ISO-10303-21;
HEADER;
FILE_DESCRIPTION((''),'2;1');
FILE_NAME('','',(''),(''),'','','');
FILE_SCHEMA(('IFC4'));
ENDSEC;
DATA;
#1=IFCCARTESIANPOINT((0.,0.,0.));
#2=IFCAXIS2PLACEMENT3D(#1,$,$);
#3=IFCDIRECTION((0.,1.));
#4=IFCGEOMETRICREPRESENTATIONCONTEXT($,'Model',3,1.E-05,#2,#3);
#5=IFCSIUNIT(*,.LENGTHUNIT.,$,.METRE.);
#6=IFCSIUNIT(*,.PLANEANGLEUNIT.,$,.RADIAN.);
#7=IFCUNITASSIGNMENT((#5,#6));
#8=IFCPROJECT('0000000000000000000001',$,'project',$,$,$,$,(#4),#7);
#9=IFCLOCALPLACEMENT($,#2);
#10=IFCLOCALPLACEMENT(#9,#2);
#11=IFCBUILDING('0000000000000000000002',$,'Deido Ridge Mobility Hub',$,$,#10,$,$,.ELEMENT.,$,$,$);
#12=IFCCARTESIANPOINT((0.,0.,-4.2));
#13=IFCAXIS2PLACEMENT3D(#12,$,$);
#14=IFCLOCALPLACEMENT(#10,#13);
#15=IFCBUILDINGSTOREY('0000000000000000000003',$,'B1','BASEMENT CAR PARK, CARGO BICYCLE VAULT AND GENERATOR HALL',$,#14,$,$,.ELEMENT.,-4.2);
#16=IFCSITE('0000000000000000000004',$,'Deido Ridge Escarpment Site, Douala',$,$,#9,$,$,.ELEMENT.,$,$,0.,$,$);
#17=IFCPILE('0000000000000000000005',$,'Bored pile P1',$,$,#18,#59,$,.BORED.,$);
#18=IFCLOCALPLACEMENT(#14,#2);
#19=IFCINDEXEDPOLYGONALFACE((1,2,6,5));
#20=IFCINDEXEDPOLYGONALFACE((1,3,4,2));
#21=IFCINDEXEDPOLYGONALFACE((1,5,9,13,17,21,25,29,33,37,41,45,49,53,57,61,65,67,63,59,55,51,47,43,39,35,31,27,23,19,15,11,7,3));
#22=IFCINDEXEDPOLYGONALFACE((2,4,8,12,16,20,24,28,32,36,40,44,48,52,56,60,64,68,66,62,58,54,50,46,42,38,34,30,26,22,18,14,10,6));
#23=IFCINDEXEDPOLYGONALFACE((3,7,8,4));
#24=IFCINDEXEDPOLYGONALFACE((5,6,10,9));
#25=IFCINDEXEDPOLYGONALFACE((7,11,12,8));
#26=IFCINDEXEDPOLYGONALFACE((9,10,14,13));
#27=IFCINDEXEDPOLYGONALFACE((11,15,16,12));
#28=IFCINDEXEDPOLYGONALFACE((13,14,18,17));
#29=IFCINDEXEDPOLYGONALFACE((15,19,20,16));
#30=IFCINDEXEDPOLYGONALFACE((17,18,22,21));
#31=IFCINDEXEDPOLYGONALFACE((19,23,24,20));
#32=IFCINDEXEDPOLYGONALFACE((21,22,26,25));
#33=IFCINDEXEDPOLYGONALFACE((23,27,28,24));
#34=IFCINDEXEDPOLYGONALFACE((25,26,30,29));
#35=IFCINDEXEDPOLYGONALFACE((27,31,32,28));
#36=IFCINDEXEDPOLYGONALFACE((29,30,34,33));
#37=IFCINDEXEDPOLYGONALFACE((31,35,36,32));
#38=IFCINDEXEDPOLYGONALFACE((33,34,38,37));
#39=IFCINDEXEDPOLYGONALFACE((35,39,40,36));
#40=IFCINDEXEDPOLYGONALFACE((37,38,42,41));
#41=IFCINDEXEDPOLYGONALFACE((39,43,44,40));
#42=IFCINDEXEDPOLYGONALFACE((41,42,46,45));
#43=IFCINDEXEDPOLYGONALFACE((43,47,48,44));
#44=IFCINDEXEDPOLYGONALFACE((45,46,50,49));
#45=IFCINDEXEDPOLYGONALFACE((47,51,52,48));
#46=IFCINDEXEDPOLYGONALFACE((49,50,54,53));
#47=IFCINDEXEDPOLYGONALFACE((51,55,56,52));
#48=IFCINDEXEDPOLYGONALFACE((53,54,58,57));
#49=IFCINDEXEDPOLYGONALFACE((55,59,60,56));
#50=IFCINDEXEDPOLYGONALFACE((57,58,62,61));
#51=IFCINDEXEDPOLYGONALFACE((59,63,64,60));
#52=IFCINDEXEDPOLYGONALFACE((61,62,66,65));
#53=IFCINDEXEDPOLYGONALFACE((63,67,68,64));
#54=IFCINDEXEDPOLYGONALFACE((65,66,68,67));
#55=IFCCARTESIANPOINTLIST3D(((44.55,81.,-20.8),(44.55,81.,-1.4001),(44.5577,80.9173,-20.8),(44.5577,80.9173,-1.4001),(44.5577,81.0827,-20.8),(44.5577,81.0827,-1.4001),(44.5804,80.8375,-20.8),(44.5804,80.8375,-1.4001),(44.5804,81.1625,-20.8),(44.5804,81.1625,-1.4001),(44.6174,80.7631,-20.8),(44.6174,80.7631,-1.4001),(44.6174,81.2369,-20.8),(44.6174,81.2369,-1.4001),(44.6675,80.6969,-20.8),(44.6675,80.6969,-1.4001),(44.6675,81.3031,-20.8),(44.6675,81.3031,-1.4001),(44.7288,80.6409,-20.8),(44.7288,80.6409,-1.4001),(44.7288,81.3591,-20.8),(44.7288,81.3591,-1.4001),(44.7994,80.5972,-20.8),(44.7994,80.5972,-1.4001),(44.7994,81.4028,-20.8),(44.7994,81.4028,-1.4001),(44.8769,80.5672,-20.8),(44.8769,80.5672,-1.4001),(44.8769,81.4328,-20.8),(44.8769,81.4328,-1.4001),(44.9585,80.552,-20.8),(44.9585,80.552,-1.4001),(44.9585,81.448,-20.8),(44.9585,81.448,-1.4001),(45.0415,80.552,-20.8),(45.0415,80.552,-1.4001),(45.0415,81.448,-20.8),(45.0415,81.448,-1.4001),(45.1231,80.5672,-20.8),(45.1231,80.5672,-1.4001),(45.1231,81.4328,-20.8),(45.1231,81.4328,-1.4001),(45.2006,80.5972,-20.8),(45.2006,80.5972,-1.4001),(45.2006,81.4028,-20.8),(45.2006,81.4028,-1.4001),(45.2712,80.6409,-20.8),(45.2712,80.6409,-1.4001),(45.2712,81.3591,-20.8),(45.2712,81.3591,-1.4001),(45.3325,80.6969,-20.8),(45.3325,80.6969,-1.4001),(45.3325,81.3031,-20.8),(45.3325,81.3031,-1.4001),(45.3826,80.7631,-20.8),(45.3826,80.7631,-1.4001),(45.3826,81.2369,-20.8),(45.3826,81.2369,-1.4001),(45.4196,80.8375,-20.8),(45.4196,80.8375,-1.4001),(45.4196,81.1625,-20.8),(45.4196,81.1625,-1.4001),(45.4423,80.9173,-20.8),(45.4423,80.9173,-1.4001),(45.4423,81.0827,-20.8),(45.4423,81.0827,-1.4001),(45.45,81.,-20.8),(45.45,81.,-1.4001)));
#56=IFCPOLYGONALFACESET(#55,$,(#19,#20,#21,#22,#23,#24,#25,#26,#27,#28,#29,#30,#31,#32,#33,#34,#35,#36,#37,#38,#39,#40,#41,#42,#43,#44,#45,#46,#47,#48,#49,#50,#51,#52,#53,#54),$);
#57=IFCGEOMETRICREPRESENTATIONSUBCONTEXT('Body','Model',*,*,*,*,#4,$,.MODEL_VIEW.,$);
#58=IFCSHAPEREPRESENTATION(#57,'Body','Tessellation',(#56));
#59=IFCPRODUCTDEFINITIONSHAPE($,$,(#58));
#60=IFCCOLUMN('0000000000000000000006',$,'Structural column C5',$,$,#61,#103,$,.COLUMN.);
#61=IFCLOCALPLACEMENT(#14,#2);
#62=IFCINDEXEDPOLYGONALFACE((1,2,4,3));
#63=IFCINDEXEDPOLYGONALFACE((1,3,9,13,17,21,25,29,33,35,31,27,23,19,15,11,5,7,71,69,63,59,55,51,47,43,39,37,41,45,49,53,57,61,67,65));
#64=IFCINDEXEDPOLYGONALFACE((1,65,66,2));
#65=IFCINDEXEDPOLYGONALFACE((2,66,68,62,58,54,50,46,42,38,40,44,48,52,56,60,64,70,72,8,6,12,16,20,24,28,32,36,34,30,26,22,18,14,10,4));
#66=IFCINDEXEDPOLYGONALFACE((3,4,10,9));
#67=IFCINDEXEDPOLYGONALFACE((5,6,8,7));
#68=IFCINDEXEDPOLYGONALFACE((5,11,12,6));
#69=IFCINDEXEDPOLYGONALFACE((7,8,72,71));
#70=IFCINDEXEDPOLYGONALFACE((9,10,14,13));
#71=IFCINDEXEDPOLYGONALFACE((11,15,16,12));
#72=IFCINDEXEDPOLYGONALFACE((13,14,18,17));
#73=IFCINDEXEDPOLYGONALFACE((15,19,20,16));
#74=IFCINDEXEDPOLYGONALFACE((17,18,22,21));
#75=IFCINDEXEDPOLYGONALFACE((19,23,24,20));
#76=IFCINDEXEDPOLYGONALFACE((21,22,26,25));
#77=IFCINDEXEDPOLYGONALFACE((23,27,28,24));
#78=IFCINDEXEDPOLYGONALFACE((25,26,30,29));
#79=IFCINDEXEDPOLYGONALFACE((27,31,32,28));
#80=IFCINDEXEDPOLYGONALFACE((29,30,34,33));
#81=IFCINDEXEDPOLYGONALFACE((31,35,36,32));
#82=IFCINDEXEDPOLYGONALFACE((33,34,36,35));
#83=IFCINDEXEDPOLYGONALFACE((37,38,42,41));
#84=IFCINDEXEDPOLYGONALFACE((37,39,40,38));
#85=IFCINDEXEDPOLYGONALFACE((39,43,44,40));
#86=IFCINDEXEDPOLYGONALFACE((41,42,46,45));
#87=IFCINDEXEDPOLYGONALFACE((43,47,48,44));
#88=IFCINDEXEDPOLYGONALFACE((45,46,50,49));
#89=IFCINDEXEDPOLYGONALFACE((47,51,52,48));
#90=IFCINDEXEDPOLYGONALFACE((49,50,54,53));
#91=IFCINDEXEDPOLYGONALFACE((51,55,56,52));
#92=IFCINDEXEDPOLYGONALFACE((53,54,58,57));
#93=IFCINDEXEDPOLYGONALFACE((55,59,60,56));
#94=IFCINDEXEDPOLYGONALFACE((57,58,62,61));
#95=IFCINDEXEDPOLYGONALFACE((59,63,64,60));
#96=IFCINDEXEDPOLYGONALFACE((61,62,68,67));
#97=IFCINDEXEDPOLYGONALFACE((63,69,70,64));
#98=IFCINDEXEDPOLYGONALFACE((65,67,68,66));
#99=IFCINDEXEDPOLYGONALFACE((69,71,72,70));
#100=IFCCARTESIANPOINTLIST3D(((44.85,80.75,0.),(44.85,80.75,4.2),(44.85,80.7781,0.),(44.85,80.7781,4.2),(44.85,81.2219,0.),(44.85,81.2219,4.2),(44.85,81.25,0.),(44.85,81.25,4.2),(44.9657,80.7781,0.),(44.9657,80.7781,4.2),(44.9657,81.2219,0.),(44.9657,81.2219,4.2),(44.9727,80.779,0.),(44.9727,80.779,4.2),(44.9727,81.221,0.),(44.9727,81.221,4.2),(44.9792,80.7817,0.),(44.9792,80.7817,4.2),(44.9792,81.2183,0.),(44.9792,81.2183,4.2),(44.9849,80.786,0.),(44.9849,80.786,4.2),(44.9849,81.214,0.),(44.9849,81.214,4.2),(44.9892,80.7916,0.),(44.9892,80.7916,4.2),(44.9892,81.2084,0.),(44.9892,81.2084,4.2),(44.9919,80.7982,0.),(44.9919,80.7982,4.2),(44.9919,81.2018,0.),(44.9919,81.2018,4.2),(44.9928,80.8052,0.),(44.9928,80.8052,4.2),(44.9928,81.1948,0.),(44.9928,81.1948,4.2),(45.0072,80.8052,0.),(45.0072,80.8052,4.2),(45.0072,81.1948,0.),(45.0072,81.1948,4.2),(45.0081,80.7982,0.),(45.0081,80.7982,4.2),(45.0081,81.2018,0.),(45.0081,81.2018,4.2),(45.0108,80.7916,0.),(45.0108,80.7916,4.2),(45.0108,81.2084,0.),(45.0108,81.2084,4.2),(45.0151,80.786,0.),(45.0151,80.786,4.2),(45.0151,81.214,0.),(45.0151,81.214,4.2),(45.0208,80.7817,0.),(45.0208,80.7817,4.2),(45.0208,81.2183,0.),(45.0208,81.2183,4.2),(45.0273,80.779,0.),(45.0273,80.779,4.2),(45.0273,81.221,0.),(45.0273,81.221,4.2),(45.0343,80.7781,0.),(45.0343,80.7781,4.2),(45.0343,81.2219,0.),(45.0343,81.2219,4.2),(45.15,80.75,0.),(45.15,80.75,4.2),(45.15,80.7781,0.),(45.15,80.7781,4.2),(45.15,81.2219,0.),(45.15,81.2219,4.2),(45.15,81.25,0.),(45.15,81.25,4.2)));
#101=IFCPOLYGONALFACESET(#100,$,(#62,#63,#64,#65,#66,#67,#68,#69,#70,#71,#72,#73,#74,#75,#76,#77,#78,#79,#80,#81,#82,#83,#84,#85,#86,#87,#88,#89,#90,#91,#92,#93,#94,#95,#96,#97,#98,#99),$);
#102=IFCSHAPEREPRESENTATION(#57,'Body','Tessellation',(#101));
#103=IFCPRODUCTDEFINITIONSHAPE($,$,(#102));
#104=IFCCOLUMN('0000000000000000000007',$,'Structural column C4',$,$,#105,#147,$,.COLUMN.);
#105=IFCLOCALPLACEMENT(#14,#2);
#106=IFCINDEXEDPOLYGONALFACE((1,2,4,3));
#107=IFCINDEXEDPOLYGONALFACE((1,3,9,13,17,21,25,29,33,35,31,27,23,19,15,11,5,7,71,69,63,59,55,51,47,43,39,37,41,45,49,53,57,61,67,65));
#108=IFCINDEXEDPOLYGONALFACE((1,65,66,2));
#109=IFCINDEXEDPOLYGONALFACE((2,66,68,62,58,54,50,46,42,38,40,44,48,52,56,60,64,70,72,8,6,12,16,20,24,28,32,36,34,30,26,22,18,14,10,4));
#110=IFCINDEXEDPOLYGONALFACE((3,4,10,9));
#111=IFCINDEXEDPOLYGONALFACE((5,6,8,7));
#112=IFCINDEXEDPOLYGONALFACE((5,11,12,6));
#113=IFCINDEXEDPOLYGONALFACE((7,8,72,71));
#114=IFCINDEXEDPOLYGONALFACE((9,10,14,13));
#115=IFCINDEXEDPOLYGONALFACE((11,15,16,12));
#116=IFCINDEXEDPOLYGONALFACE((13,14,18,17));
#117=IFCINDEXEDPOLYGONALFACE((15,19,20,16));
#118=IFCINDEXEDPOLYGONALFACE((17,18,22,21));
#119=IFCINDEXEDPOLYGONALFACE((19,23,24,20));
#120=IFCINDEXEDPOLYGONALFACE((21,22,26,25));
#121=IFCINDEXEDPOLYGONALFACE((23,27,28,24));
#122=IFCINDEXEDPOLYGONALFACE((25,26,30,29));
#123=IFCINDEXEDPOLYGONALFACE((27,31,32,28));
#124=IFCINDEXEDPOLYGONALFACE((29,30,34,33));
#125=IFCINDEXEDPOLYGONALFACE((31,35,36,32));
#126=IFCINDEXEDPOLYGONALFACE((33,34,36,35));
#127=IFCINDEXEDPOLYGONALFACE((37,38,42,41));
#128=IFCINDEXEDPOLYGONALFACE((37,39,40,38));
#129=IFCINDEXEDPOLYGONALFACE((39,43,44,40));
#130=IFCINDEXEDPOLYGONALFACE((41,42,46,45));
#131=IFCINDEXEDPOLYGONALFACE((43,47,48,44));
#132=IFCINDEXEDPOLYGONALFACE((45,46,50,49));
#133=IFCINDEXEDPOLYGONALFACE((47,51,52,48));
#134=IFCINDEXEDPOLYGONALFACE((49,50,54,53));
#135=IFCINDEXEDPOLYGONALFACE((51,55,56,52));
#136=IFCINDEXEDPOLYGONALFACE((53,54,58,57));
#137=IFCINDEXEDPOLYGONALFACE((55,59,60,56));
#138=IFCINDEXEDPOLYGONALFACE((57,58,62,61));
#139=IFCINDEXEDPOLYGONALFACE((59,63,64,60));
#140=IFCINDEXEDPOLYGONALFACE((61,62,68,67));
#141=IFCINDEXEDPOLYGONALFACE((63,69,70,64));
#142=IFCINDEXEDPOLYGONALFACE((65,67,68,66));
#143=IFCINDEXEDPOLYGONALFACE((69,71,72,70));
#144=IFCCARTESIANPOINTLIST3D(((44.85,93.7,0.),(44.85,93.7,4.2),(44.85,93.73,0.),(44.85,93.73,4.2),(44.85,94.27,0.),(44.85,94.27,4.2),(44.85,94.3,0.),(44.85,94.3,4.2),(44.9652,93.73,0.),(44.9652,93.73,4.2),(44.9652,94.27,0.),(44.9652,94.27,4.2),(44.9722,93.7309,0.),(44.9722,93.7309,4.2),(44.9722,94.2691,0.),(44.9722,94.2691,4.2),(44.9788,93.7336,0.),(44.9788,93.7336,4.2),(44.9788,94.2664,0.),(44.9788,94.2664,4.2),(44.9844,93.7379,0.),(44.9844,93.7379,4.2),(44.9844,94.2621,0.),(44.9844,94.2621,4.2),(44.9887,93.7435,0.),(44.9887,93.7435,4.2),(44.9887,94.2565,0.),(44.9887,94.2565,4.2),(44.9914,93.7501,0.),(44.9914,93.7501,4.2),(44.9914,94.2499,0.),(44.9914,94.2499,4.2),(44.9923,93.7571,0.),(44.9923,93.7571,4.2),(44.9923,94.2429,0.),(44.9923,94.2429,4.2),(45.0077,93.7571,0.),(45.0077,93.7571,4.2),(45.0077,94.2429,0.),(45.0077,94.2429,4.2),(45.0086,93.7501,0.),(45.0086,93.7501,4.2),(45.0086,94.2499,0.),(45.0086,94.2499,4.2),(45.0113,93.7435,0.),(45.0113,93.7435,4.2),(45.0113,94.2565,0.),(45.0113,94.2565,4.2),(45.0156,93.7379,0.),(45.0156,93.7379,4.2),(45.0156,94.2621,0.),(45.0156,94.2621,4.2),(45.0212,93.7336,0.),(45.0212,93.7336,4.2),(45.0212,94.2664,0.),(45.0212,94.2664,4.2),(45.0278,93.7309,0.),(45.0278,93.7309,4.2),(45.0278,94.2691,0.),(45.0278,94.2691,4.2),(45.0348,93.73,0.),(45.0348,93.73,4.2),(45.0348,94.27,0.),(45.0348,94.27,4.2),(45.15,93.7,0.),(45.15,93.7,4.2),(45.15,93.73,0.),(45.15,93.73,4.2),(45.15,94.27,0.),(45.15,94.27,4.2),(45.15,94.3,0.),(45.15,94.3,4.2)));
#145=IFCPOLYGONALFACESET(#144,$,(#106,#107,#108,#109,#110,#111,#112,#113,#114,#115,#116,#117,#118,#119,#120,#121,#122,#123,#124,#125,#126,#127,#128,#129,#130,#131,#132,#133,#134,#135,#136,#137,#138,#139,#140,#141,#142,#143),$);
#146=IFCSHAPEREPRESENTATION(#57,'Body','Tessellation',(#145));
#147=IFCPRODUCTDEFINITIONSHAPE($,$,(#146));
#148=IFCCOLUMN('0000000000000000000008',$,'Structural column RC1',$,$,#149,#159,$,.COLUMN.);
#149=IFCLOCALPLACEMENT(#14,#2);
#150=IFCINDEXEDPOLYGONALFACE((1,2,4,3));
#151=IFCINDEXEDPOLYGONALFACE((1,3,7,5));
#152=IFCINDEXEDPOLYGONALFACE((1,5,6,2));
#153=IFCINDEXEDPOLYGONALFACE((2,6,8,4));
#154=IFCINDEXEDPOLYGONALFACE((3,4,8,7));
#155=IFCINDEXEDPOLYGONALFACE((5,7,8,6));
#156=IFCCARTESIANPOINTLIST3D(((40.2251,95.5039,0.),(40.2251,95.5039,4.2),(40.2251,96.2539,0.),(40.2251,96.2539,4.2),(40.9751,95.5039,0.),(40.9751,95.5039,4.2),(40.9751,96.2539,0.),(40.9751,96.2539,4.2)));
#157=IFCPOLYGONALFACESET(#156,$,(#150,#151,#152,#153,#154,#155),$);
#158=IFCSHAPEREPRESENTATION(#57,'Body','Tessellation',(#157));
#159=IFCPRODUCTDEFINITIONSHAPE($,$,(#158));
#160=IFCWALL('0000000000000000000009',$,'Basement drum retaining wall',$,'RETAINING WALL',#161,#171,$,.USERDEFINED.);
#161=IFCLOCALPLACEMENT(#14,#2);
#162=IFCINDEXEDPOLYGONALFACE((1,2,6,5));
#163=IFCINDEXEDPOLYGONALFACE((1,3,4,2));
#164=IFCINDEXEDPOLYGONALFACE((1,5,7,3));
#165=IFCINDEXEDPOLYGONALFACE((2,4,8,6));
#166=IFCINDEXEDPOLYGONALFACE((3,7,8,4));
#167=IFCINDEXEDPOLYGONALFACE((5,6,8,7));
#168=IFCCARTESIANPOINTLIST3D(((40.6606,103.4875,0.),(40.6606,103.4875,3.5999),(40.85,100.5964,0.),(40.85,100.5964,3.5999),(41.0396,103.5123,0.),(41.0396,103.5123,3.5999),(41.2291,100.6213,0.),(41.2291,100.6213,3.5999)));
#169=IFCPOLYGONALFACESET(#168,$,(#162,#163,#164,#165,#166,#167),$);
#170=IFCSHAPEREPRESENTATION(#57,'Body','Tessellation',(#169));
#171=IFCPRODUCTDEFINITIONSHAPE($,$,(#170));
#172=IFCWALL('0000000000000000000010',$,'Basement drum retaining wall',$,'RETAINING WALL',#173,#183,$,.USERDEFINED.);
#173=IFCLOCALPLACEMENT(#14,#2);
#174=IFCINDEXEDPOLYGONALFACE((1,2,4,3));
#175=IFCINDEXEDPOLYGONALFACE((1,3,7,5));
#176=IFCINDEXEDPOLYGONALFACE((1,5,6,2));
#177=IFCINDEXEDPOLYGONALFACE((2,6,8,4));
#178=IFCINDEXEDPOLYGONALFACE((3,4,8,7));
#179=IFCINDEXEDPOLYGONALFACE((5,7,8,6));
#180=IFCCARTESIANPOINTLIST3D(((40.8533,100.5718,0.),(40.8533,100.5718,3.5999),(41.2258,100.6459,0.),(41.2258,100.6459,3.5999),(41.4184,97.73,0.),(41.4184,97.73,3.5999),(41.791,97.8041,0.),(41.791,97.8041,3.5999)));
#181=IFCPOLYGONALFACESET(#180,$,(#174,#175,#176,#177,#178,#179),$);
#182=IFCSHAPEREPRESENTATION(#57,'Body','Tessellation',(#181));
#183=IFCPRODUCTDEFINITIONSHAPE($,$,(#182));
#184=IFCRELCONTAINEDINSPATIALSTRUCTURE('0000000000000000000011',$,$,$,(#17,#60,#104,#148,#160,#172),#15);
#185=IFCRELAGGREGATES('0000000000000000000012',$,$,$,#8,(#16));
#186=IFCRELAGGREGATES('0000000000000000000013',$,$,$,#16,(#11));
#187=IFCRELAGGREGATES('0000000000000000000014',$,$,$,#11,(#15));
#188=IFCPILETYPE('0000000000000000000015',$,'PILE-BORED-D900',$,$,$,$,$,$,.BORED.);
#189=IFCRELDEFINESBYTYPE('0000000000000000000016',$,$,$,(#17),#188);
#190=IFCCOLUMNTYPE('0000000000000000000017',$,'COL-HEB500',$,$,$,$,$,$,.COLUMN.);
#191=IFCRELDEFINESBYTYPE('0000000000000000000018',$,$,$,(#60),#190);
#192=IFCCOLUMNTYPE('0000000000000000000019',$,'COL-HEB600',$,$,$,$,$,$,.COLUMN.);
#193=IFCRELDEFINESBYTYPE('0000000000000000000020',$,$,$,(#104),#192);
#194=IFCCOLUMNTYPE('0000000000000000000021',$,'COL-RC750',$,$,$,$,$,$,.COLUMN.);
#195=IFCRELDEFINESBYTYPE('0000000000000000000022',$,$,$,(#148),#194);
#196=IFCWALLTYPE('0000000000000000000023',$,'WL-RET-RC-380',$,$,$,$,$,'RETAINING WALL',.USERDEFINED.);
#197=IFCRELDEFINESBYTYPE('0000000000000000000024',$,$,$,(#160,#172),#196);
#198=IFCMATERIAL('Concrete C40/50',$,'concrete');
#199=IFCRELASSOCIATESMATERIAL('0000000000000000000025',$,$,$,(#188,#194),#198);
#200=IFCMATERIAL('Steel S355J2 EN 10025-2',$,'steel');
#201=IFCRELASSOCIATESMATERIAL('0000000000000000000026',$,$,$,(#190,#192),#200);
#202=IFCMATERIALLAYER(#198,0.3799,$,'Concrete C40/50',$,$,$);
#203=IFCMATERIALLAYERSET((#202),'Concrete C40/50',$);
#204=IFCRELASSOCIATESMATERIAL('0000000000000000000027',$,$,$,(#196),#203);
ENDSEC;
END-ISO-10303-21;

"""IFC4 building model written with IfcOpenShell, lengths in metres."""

from ifc_helpers import new_model, si_unit, direction, frame, frame_2d, origin, origin_2d, place, context, subcontext, project, spatial, rectangle, circle, i_section, extrude, material, layer, layer_set, material_profile, profile_set, type_object, element, save


model = new_model("IFC4")

# Units and contexts
model_context = context("Model", 3, precision=1e-05, world=origin(), true_north=direction((0.0, 1.0)))
body_context = subcontext(model_context, "Body", "Model", "MODEL_VIEW")
ifc_project = project(units=[si_unit("LENGTHUNIT", "METRE"), si_unit("PLANEANGLEUNIT", "RADIAN")], contexts=[model_context])

# Site, building, storey
site_placement = place(None, origin())
site = spatial("IfcSite", under=ifc_project, at=site_placement, Name="Deido Ridge Escarpment Site, Douala", CompositionType="ELEMENT", RefElevation=0.0)
building_placement = place(site_placement, origin())
building = spatial("IfcBuilding", under=site, at=building_placement, Name="Deido Ridge Mobility Hub", CompositionType="ELEMENT")
storey_placement = place(building_placement, frame((0.0, 0.0, -4.2)))
storey = spatial("IfcBuildingStorey", under=building, at=storey_placement, Name="B1", Description="BASEMENT CAR PARK, CARGO BICYCLE VAULT AND GENERATOR HALL", CompositionType="ELEMENT", Elevation=-4.2)

# Shared definitions
ifc_material_1 = material(Name="Concrete C40/50", Category="concrete")

# Pile
ifc_material_profile_1 = material_profile(ifc_material_1, circle(Radius=0.45, at=origin_2d()), Name="BORED PILE D900")
ifc_profile_set_1 = profile_set([ifc_material_profile_1], Name="Concrete C40/50")
pile_type_1 = type_object("IfcPileType", Name="PILE-BORED-D900", PredefinedType="BORED", material=ifc_profile_set_1)
for number, where, z_axis, x_axis, name in (
    (1, (45.0, 81.0, -1.4001), (0.0, 0.0, -1.0), (1.0, 0.0, 0.0), "Bored pile P1"),
):
    element("IfcPile", number, at=place(storey_placement, frame(where, z_axis=z_axis, x_axis=x_axis)), inside=storey, type_object=pile_type_1, Name=name, PredefinedType="BORED", context=body_context, shape_type="SweptSolid", body=[
        extrude(circle(Radius=0.45, at=origin_2d()), origin(), (0.0, 0.0, 1.0), 19.3999),
    ])

# Columns
ifc_material_2 = material(Name="Steel S355J2 EN 10025-2", Category="steel")
ifc_material_profile_2 = material_profile(ifc_material_2, i_section(OverallWidth=0.3, OverallDepth=0.5, WebThickness=0.0144, FlangeThickness=0.0281, FilletRadius=0.0271, at=origin_2d()), Name="HEB 500")
ifc_profile_set_2 = profile_set([ifc_material_profile_2], Name="Steel S355J2 EN 10025-2")
column_type_1 = type_object("IfcColumnType", Name="COL-HEB500", PredefinedType="COLUMN", material=ifc_profile_set_2)
column_1_placement = place(storey_placement, frame((45.0, 81.0, 0.0), z_axis=(0.0, 0.0, 1.0), x_axis=(1.0, 0.0, 0.0)))
element("IfcColumn", 2, at=column_1_placement, inside=storey, type_object=column_type_1, Name="Structural column C5", PredefinedType="COLUMN", context=body_context, shape_type="SweptSolid", body=[
    extrude(i_section(OverallWidth=0.3, OverallDepth=0.5, WebThickness=0.0144, FlangeThickness=0.0281, FilletRadius=0.0271, at=origin_2d()), origin(), (0.0, 0.0, 1.0), 4.2),
])
ifc_material_profile_3 = material_profile(ifc_material_2, i_section(OverallWidth=0.3, OverallDepth=0.6001, WebThickness=0.0154, FlangeThickness=0.03, FilletRadius=0.0271, at=origin_2d()), Name="HEB 600")
ifc_profile_set_3 = profile_set([ifc_material_profile_3], Name="Steel S355J2 EN 10025-2")
column_type_2 = type_object("IfcColumnType", Name="COL-HEB600", PredefinedType="COLUMN", material=ifc_profile_set_3)
column_2_placement = place(storey_placement, frame((45.0, 94.0, 0.0), z_axis=(0.0, 0.0, 1.0), x_axis=(1.0, 0.0, 0.0)))
element("IfcColumn", 3, at=column_2_placement, inside=storey, type_object=column_type_2, Name="Structural column C4", PredefinedType="COLUMN", context=body_context, shape_type="SweptSolid", body=[
    extrude(i_section(OverallWidth=0.3, OverallDepth=0.6001, WebThickness=0.0154, FlangeThickness=0.03, FilletRadius=0.0271, at=origin_2d()), origin(), (0.0, 0.0, 1.0), 4.2),
])
ifc_material_profile_4 = material_profile(ifc_material_1, rectangle(XDim=0.75, YDim=0.75, at=origin_2d()), Name="RC COL 750x750")
ifc_profile_set_4 = profile_set([ifc_material_profile_4], Name="Concrete C40/50")
column_type_3 = type_object("IfcColumnType", Name="COL-RC750", PredefinedType="COLUMN", material=ifc_profile_set_4)
column_3_placement = place(storey_placement, frame((40.6001, 95.8789, 0.0), z_axis=(0.0, 0.0, 1.0), x_axis=(1.0, 0.0, 0.0)))
element("IfcColumn", 4, at=column_3_placement, inside=storey, type_object=column_type_3, Name="Structural column RC1", PredefinedType="COLUMN", context=body_context, shape_type="SweptSolid", body=[
    extrude(rectangle(XDim=0.75, YDim=0.75, at=origin_2d()), origin(), (0.0, 0.0, 1.0), 4.2),
])

# Walls
ifc_layer = layer(ifc_material_1, 0.3799, Name="Concrete C40/50")
ifc_layer_set = layer_set([ifc_layer], Name="Concrete C40/50")
wall_type = type_object("IfcWallType", Name="WL-RET-RC-380", ElementType="RETAINING WALL", PredefinedType="USERDEFINED", material=ifc_layer_set)
wall_1_placement = place(storey_placement, frame((40.8501, 103.5, 0.0), z_axis=(0.0, 0.0, 1.0), x_axis=(0.065389, -0.99786, 0.0)))
element("IfcWall", 5, at=wall_1_placement, inside=storey, type_object=wall_type, Name="Basement drum retaining wall", ObjectType="RETAINING WALL", PredefinedType="USERDEFINED", context=body_context, shape_type="SweptSolid", body=[
    extrude(rectangle(XDim=2.8972, YDim=0.3799, at=frame_2d((1.4487, 0.0))), origin(), (0.0, 0.0, 1.0), 3.5999),
])
wall_2_placement = place(storey_placement, frame((41.0396, 100.6089, 0.0), z_axis=(0.0, 0.0, 1.0), x_axis=(0.195063, -0.980791, 0.0)))
element("IfcWall", 6, at=wall_2_placement, inside=storey, type_object=wall_type, Name="Basement drum retaining wall", ObjectType="RETAINING WALL", PredefinedType="USERDEFINED", context=body_context, shape_type="SweptSolid", body=[
    extrude(rectangle(XDim=2.8975, YDim=0.3799, at=frame_2d((1.4487, 0.0))), origin(), (0.0, 0.0, 1.0), 3.5999),
])

save(model, "model.ifc")
